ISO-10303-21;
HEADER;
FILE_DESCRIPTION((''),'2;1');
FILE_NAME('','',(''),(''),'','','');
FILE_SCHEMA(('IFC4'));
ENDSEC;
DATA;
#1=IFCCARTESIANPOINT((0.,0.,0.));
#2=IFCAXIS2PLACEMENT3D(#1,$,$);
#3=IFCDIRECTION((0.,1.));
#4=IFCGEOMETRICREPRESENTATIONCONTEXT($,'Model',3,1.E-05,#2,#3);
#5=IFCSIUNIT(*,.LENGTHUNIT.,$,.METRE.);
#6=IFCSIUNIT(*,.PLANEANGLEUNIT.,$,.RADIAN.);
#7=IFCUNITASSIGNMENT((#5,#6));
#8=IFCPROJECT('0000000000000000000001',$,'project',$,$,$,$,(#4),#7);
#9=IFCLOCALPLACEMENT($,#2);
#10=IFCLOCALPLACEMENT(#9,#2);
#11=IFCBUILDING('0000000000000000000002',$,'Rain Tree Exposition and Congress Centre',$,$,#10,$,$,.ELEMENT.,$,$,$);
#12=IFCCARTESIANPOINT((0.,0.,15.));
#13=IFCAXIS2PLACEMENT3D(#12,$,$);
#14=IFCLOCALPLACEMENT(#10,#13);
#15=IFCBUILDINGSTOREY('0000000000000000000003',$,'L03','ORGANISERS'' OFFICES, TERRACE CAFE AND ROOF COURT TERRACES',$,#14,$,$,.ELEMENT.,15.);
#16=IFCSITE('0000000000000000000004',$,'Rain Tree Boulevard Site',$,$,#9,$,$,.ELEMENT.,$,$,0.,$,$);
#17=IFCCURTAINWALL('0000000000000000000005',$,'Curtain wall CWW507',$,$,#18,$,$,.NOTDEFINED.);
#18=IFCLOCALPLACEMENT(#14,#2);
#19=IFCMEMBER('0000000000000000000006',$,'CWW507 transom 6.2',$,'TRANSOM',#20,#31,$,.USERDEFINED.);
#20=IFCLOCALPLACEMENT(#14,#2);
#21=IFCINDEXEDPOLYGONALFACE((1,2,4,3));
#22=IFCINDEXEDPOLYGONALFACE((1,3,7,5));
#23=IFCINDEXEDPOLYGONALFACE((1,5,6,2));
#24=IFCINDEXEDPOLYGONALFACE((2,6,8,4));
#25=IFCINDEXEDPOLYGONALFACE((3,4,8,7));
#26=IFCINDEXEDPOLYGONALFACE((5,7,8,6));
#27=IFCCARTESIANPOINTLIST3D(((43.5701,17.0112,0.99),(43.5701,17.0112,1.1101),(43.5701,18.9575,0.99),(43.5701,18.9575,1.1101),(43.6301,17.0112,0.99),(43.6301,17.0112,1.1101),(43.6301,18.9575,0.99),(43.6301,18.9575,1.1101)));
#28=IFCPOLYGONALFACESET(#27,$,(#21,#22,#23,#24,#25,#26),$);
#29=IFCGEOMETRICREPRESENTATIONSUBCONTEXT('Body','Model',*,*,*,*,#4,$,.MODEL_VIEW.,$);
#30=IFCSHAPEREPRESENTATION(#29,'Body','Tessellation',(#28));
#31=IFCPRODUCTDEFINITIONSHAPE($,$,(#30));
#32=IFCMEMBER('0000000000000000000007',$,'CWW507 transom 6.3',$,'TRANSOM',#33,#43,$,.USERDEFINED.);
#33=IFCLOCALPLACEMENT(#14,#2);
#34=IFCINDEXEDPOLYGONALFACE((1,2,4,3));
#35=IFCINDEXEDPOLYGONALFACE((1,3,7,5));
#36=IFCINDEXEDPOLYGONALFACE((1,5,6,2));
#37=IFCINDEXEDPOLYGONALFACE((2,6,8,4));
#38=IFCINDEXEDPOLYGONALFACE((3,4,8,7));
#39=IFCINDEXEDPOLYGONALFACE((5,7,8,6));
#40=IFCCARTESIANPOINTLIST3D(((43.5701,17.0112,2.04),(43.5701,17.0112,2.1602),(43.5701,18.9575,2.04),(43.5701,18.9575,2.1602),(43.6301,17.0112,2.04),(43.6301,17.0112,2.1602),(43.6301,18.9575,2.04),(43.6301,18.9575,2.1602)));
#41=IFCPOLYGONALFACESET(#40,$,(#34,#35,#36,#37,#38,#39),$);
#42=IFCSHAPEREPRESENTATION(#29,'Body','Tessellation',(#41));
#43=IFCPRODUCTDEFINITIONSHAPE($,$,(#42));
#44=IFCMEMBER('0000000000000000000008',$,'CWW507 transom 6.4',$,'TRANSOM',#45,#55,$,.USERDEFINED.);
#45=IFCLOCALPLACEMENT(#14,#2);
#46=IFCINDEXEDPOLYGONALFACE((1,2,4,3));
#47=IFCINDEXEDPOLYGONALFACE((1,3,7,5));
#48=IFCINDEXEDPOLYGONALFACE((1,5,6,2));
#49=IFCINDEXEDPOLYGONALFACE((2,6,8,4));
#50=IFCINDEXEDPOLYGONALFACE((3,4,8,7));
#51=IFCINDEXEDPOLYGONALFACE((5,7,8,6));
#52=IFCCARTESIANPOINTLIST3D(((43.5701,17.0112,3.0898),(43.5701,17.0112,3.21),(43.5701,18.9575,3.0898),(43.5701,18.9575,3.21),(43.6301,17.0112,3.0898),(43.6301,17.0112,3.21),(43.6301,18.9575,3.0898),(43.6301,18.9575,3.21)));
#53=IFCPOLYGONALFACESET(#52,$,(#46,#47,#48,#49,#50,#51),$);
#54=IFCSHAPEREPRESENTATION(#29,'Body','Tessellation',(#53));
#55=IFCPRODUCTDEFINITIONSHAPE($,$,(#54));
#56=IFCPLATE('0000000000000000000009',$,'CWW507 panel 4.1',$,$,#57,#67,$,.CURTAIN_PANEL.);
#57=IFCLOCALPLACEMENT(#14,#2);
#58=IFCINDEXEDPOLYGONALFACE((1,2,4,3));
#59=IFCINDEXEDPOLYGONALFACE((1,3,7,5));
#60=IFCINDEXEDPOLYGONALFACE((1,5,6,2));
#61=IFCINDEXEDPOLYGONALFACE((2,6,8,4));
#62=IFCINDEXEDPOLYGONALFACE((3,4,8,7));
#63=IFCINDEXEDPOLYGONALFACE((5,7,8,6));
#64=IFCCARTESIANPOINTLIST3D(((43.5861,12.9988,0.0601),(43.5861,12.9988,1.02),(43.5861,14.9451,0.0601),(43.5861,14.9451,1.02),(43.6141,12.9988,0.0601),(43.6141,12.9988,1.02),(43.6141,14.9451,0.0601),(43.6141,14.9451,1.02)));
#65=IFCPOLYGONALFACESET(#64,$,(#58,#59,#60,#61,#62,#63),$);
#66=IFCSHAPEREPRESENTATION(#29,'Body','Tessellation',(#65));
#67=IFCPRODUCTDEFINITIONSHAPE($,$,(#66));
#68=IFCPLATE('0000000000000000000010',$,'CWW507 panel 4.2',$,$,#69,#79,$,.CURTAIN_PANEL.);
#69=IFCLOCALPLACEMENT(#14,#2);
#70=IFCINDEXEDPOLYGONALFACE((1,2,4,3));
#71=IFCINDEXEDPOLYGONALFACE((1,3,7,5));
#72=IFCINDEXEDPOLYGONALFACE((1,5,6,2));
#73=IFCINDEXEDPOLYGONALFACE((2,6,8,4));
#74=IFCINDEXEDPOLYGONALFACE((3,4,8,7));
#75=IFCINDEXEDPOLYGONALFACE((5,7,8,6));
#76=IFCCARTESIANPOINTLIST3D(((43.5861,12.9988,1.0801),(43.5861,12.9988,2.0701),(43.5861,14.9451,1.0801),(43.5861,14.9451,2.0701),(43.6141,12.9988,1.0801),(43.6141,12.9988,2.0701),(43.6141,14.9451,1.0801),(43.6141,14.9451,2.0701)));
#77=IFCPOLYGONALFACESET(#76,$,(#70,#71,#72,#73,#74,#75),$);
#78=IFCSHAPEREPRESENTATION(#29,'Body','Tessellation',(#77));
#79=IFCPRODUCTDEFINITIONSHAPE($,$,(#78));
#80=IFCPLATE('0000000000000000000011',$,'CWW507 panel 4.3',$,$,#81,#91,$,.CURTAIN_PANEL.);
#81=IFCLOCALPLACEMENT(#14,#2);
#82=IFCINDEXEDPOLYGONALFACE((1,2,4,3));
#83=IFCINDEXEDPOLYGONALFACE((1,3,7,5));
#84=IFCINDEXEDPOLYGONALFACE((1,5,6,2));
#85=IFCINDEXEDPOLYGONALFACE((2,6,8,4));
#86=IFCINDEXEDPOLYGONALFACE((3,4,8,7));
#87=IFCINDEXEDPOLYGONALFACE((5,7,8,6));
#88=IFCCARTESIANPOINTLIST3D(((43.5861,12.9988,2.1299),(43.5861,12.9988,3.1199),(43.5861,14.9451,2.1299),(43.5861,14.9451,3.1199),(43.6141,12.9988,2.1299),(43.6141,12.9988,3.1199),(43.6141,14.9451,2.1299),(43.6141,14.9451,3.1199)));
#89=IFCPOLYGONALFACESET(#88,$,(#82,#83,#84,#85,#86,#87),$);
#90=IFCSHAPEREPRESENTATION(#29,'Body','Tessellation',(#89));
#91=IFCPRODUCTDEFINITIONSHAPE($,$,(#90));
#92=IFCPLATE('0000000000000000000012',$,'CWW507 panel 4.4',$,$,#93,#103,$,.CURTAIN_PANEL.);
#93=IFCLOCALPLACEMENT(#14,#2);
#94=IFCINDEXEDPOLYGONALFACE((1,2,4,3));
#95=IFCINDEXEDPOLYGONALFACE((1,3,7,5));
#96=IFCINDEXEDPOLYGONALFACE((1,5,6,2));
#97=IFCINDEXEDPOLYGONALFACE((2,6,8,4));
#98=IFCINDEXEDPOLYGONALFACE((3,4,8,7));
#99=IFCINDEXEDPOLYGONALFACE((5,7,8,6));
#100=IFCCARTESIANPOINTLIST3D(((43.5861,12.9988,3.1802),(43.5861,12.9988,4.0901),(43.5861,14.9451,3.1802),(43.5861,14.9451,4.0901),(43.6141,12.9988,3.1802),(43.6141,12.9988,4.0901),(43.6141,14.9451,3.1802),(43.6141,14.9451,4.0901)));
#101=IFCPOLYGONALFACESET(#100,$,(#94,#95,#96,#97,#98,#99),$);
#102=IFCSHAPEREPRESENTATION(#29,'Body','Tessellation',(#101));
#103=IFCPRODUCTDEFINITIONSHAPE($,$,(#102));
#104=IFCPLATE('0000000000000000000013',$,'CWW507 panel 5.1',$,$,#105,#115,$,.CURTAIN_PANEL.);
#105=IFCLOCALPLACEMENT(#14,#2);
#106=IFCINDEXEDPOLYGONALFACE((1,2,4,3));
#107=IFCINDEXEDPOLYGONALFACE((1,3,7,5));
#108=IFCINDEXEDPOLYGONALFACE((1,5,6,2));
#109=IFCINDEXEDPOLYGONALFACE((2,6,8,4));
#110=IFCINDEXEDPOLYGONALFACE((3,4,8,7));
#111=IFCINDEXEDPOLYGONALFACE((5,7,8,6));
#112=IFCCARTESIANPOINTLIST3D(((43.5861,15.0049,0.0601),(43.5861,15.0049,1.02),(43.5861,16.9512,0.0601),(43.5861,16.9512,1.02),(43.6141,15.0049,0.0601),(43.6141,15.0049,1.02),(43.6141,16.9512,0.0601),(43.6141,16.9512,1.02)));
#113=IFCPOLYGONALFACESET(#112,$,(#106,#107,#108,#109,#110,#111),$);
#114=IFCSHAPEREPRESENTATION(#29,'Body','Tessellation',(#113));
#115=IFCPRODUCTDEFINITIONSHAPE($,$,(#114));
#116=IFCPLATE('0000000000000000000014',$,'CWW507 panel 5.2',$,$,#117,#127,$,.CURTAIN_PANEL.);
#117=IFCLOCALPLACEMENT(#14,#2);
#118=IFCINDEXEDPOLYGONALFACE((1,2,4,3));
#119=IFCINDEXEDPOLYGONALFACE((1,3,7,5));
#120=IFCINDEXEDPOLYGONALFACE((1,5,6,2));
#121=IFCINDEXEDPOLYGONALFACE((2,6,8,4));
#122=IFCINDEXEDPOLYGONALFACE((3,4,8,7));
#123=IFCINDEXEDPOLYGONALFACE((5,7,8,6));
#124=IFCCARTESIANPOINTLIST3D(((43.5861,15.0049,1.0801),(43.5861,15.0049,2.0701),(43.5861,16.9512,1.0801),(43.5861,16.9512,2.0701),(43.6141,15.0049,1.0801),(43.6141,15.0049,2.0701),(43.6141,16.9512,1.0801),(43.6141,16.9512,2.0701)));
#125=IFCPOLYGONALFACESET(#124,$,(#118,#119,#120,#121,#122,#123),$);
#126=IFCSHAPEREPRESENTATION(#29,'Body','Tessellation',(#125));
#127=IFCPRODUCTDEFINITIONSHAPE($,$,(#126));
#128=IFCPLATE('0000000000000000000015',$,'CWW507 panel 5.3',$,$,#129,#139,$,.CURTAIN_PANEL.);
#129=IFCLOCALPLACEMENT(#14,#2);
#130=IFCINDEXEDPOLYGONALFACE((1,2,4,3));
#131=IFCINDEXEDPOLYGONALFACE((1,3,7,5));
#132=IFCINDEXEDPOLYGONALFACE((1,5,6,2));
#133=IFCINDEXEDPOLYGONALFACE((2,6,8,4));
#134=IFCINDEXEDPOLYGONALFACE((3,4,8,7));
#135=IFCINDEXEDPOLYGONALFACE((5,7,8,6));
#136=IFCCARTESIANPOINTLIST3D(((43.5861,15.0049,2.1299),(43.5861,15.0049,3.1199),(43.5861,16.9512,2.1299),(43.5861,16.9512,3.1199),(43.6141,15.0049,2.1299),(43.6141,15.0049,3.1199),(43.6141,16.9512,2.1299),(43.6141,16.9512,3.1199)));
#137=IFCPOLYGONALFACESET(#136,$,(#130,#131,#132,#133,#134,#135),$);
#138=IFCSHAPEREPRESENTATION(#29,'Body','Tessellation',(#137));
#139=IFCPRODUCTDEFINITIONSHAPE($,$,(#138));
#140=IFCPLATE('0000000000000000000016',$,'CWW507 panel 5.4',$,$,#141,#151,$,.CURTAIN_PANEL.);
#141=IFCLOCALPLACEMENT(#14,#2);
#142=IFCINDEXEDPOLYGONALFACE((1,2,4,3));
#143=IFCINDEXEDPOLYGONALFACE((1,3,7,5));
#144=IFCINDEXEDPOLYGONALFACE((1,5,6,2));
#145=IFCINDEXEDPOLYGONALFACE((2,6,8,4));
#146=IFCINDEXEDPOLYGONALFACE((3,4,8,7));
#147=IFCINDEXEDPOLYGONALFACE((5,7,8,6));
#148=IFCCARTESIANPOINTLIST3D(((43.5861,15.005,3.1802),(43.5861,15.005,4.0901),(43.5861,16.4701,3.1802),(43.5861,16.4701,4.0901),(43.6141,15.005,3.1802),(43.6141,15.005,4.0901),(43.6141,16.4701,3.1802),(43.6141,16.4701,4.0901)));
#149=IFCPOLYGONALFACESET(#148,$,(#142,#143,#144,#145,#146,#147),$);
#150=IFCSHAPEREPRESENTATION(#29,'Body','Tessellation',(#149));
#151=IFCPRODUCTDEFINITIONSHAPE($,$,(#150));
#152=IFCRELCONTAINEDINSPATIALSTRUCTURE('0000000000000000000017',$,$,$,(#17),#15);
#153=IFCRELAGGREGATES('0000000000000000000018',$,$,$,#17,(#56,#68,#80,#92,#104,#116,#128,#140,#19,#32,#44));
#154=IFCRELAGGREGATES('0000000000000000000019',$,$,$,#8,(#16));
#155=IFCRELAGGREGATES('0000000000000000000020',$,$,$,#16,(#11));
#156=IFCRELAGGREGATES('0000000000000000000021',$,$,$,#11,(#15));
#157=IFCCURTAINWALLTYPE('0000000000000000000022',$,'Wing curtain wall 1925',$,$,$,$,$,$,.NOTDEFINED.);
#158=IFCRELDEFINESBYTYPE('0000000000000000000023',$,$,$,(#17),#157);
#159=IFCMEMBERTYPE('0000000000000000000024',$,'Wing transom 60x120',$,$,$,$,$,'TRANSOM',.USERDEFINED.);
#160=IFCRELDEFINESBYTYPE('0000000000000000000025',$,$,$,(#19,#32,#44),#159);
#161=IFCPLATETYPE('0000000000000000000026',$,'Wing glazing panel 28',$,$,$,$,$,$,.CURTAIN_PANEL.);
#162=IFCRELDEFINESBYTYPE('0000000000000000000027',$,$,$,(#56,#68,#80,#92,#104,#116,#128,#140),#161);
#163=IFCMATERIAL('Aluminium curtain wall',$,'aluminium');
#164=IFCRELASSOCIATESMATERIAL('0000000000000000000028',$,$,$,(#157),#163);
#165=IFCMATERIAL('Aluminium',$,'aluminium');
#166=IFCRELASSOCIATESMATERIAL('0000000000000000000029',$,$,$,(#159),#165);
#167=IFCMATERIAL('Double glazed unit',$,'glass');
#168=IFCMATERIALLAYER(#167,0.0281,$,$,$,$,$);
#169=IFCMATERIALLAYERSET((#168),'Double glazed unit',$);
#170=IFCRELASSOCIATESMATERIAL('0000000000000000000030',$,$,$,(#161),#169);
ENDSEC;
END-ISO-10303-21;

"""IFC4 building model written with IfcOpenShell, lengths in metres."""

from ifc_helpers import new_model, si_unit, direction, frame, origin, origin_2d, place, context, subcontext, project, spatial, rectangle, extrude, material, layer, layer_set, material_profile, profile_set, type_object, element, aggregate, save


model = new_model("IFC4")

# Units and contexts
model_context = context("Model", 3, precision=1e-05, world=origin(), true_north=direction((0.0, 1.0)))
body_context = subcontext(model_context, "Body", "Model", "MODEL_VIEW")
ifc_project = project(units=[si_unit("LENGTHUNIT", "METRE"), si_unit("PLANEANGLEUNIT", "RADIAN")], contexts=[model_context])

# Site, building, storey
site_placement = place(None, origin())
site = spatial("IfcSite", under=ifc_project, at=site_placement, Name="Rain Tree Boulevard Site", CompositionType="ELEMENT", RefElevation=0.0)
building_placement = place(site_placement, origin())
building = spatial("IfcBuilding", under=site, at=building_placement, Name="Rain Tree Exposition and Congress Centre", CompositionType="ELEMENT")
storey_placement = place(building_placement, frame((0.0, 0.0, 15.0)))
storey = spatial("IfcBuildingStorey", under=building, at=storey_placement, Name="L03", Description="ORGANISERS' OFFICES, TERRACE CAFE AND ROOF COURT TERRACES", CompositionType="ELEMENT", Elevation=15.0)

# Curtain wall, members, plates
ifc_material_1 = material(Name="Aluminium curtain wall", Category="aluminium")
curtain_wall_type = type_object("IfcCurtainWallType", Name="Wing curtain wall 1925", PredefinedType="NOTDEFINED", material=ifc_material_1)
curtain_wall_placement = place(storey_placement, origin())
curtain_wall = element("IfcCurtainWall", 1, at=curtain_wall_placement, inside=storey, type_object=curtain_wall_type, Name="Curtain wall CWW507", PredefinedType="NOTDEFINED")
ifc_material_2 = material(Name="Aluminium", Category="aluminium")
ifc_material_profile_1 = material_profile(ifc_material_2, rectangle(XDim=0.0601, YDim=0.1201, at=origin_2d()), Name="Aluminium 60x120")
ifc_profile_set_1 = profile_set([ifc_material_profile_1], Name="Aluminium")
member_type_1 = type_object("IfcMemberType", Name="Wing transom 60x120", ElementType="TRANSOM", PredefinedType="USERDEFINED", material=ifc_profile_set_1)
member_1_placement = place(storey_placement, frame((43.6001, 17.0112, 1.05), z_axis=(0.0, 1.0, 0.0), x_axis=(-1.0, 0.0, 0.0)))
member_1 = element("IfcMember", 2, at=member_1_placement, type_object=member_type_1, Name="CWW507 transom 6.2", ObjectType="TRANSOM", PredefinedType="USERDEFINED", context=body_context, shape_type="SweptSolid", body=[
    extrude(rectangle(XDim=0.0601, YDim=0.1201, at=origin_2d()), origin(), (0.0, 0.0, 1.0), 1.9463),
])
member_2_placement = place(storey_placement, frame((43.6001, 17.0112, 2.1001), z_axis=(0.0, 1.0, 0.0), x_axis=(-1.0, 0.0, 0.0)))
member_2 = element("IfcMember", 3, at=member_2_placement, type_object=member_type_1, Name="CWW507 transom 6.3", ObjectType="TRANSOM", PredefinedType="USERDEFINED", context=body_context, shape_type="SweptSolid", body=[
    extrude(rectangle(XDim=0.0601, YDim=0.1201, at=origin_2d()), origin(), (0.0, 0.0, 1.0), 1.9463),
])
member_3_placement = place(storey_placement, frame((43.6001, 17.0112, 3.1499), z_axis=(0.0, 1.0, 0.0), x_axis=(-1.0, 0.0, 0.0)))
member_3 = element("IfcMember", 4, at=member_3_placement, type_object=member_type_1, Name="CWW507 transom 6.4", ObjectType="TRANSOM", PredefinedType="USERDEFINED", context=body_context, shape_type="SweptSolid", body=[
    extrude(rectangle(XDim=0.0601, YDim=0.1201, at=origin_2d()), origin(), (0.0, 0.0, 1.0), 1.9463),
])
ifc_material_3 = material(Name="Double glazed unit", Category="glass")
ifc_layer = layer(ifc_material_3, 0.0281)
ifc_layer_set = layer_set([ifc_layer], Name="Double glazed unit")
plate_type = type_object("IfcPlateType", Name="Wing glazing panel 28", PredefinedType="CURTAIN_PANEL", material=ifc_layer_set)
plate_1_placement = place(storey_placement, frame((43.6001, 13.9719, 0.0601), z_axis=(0.0, 0.0, 1.0), x_axis=(0.0, 1.0, 0.0)))
plate_1 = element("IfcPlate", 5, at=plate_1_placement, type_object=plate_type, Name="CWW507 panel 4.1", PredefinedType="CURTAIN_PANEL", context=body_context, shape_type="SweptSolid", body=[
    extrude(rectangle(XDim=1.9463, YDim=0.0281, at=origin_2d()), origin(), (0.0, 0.0, 1.0), 0.96),
])
plate_2_placement = place(storey_placement, frame((43.6001, 13.9719, 1.0801), z_axis=(0.0, 0.0, 1.0), x_axis=(0.0, 1.0, 0.0)))
plate_2 = element("IfcPlate", 6, at=plate_2_placement, type_object=plate_type, Name="CWW507 panel 4.2", PredefinedType="CURTAIN_PANEL", context=body_context, shape_type="SweptSolid", body=[
    extrude(rectangle(XDim=1.9463, YDim=0.0281, at=origin_2d()), origin(), (0.0, 0.0, 1.0), 0.99),
])
plate_3_placement = place(storey_placement, frame((43.6001, 13.9719, 2.1299), z_axis=(0.0, 0.0, 1.0), x_axis=(0.0, 1.0, 0.0)))
plate_3 = element("IfcPlate", 7, at=plate_3_placement, type_object=plate_type, Name="CWW507 panel 4.3", PredefinedType="CURTAIN_PANEL", context=body_context, shape_type="SweptSolid", body=[
    extrude(rectangle(XDim=1.9463, YDim=0.0281, at=origin_2d()), origin(), (0.0, 0.0, 1.0), 0.99),
])
plate_4_placement = place(storey_placement, frame((43.6001, 13.9719, 3.1802), z_axis=(0.0, 0.0, 1.0), x_axis=(0.0, 1.0, 0.0)))
plate_4 = element("IfcPlate", 8, at=plate_4_placement, type_object=plate_type, Name="CWW507 panel 4.4", PredefinedType="CURTAIN_PANEL", context=body_context, shape_type="SweptSolid", body=[
    extrude(rectangle(XDim=1.9463, YDim=0.0281, at=origin_2d()), origin(), (0.0, 0.0, 1.0), 0.9099),
])
plate_5_placement = place(storey_placement, frame((43.6001, 15.978, 0.0601), z_axis=(0.0, 0.0, 1.0), x_axis=(0.0, 1.0, 0.0)))
plate_5 = element("IfcPlate", 9, at=plate_5_placement, type_object=plate_type, Name="CWW507 panel 5.1", PredefinedType="CURTAIN_PANEL", context=body_context, shape_type="SweptSolid", body=[
    extrude(rectangle(XDim=1.9463, YDim=0.0281, at=origin_2d()), origin(), (0.0, 0.0, 1.0), 0.96),
])
plate_6_placement = place(storey_placement, frame((43.6001, 15.978, 1.0801), z_axis=(0.0, 0.0, 1.0), x_axis=(0.0, 1.0, 0.0)))
plate_6 = element("IfcPlate", 10, at=plate_6_placement, type_object=plate_type, Name="CWW507 panel 5.2", PredefinedType="CURTAIN_PANEL", context=body_context, shape_type="SweptSolid", body=[
    extrude(rectangle(XDim=1.9463, YDim=0.0281, at=origin_2d()), origin(), (0.0, 0.0, 1.0), 0.99),
])
plate_7_placement = place(storey_placement, frame((43.6001, 15.978, 2.1299), z_axis=(0.0, 0.0, 1.0), x_axis=(0.0, 1.0, 0.0)))
plate_7 = element("IfcPlate", 11, at=plate_7_placement, type_object=plate_type, Name="CWW507 panel 5.3", PredefinedType="CURTAIN_PANEL", context=body_context, shape_type="SweptSolid", body=[
    extrude(rectangle(XDim=1.9463, YDim=0.0281, at=origin_2d()), origin(), (0.0, 0.0, 1.0), 0.99),
])
plate_8_placement = place(storey_placement, frame((43.6001, 15.7375, 3.1802), z_axis=(0.0, 0.0, 1.0), x_axis=(0.0, 1.0, 0.0)))
plate_8 = element("IfcPlate", 12, at=plate_8_placement, type_object=plate_type, Name="CWW507 panel 5.4", PredefinedType="CURTAIN_PANEL", context=body_context, shape_type="SweptSolid", body=[
    extrude(rectangle(XDim=1.4651, YDim=0.0281, at=origin_2d()), origin(), (0.0, 0.0, 1.0), 0.9099),
])
aggregate(curtain_wall, [plate_1, plate_2, plate_3, plate_4, plate_5, plate_6, plate_7, plate_8, member_1, member_2, member_3])

save(model, "model.ifc")
